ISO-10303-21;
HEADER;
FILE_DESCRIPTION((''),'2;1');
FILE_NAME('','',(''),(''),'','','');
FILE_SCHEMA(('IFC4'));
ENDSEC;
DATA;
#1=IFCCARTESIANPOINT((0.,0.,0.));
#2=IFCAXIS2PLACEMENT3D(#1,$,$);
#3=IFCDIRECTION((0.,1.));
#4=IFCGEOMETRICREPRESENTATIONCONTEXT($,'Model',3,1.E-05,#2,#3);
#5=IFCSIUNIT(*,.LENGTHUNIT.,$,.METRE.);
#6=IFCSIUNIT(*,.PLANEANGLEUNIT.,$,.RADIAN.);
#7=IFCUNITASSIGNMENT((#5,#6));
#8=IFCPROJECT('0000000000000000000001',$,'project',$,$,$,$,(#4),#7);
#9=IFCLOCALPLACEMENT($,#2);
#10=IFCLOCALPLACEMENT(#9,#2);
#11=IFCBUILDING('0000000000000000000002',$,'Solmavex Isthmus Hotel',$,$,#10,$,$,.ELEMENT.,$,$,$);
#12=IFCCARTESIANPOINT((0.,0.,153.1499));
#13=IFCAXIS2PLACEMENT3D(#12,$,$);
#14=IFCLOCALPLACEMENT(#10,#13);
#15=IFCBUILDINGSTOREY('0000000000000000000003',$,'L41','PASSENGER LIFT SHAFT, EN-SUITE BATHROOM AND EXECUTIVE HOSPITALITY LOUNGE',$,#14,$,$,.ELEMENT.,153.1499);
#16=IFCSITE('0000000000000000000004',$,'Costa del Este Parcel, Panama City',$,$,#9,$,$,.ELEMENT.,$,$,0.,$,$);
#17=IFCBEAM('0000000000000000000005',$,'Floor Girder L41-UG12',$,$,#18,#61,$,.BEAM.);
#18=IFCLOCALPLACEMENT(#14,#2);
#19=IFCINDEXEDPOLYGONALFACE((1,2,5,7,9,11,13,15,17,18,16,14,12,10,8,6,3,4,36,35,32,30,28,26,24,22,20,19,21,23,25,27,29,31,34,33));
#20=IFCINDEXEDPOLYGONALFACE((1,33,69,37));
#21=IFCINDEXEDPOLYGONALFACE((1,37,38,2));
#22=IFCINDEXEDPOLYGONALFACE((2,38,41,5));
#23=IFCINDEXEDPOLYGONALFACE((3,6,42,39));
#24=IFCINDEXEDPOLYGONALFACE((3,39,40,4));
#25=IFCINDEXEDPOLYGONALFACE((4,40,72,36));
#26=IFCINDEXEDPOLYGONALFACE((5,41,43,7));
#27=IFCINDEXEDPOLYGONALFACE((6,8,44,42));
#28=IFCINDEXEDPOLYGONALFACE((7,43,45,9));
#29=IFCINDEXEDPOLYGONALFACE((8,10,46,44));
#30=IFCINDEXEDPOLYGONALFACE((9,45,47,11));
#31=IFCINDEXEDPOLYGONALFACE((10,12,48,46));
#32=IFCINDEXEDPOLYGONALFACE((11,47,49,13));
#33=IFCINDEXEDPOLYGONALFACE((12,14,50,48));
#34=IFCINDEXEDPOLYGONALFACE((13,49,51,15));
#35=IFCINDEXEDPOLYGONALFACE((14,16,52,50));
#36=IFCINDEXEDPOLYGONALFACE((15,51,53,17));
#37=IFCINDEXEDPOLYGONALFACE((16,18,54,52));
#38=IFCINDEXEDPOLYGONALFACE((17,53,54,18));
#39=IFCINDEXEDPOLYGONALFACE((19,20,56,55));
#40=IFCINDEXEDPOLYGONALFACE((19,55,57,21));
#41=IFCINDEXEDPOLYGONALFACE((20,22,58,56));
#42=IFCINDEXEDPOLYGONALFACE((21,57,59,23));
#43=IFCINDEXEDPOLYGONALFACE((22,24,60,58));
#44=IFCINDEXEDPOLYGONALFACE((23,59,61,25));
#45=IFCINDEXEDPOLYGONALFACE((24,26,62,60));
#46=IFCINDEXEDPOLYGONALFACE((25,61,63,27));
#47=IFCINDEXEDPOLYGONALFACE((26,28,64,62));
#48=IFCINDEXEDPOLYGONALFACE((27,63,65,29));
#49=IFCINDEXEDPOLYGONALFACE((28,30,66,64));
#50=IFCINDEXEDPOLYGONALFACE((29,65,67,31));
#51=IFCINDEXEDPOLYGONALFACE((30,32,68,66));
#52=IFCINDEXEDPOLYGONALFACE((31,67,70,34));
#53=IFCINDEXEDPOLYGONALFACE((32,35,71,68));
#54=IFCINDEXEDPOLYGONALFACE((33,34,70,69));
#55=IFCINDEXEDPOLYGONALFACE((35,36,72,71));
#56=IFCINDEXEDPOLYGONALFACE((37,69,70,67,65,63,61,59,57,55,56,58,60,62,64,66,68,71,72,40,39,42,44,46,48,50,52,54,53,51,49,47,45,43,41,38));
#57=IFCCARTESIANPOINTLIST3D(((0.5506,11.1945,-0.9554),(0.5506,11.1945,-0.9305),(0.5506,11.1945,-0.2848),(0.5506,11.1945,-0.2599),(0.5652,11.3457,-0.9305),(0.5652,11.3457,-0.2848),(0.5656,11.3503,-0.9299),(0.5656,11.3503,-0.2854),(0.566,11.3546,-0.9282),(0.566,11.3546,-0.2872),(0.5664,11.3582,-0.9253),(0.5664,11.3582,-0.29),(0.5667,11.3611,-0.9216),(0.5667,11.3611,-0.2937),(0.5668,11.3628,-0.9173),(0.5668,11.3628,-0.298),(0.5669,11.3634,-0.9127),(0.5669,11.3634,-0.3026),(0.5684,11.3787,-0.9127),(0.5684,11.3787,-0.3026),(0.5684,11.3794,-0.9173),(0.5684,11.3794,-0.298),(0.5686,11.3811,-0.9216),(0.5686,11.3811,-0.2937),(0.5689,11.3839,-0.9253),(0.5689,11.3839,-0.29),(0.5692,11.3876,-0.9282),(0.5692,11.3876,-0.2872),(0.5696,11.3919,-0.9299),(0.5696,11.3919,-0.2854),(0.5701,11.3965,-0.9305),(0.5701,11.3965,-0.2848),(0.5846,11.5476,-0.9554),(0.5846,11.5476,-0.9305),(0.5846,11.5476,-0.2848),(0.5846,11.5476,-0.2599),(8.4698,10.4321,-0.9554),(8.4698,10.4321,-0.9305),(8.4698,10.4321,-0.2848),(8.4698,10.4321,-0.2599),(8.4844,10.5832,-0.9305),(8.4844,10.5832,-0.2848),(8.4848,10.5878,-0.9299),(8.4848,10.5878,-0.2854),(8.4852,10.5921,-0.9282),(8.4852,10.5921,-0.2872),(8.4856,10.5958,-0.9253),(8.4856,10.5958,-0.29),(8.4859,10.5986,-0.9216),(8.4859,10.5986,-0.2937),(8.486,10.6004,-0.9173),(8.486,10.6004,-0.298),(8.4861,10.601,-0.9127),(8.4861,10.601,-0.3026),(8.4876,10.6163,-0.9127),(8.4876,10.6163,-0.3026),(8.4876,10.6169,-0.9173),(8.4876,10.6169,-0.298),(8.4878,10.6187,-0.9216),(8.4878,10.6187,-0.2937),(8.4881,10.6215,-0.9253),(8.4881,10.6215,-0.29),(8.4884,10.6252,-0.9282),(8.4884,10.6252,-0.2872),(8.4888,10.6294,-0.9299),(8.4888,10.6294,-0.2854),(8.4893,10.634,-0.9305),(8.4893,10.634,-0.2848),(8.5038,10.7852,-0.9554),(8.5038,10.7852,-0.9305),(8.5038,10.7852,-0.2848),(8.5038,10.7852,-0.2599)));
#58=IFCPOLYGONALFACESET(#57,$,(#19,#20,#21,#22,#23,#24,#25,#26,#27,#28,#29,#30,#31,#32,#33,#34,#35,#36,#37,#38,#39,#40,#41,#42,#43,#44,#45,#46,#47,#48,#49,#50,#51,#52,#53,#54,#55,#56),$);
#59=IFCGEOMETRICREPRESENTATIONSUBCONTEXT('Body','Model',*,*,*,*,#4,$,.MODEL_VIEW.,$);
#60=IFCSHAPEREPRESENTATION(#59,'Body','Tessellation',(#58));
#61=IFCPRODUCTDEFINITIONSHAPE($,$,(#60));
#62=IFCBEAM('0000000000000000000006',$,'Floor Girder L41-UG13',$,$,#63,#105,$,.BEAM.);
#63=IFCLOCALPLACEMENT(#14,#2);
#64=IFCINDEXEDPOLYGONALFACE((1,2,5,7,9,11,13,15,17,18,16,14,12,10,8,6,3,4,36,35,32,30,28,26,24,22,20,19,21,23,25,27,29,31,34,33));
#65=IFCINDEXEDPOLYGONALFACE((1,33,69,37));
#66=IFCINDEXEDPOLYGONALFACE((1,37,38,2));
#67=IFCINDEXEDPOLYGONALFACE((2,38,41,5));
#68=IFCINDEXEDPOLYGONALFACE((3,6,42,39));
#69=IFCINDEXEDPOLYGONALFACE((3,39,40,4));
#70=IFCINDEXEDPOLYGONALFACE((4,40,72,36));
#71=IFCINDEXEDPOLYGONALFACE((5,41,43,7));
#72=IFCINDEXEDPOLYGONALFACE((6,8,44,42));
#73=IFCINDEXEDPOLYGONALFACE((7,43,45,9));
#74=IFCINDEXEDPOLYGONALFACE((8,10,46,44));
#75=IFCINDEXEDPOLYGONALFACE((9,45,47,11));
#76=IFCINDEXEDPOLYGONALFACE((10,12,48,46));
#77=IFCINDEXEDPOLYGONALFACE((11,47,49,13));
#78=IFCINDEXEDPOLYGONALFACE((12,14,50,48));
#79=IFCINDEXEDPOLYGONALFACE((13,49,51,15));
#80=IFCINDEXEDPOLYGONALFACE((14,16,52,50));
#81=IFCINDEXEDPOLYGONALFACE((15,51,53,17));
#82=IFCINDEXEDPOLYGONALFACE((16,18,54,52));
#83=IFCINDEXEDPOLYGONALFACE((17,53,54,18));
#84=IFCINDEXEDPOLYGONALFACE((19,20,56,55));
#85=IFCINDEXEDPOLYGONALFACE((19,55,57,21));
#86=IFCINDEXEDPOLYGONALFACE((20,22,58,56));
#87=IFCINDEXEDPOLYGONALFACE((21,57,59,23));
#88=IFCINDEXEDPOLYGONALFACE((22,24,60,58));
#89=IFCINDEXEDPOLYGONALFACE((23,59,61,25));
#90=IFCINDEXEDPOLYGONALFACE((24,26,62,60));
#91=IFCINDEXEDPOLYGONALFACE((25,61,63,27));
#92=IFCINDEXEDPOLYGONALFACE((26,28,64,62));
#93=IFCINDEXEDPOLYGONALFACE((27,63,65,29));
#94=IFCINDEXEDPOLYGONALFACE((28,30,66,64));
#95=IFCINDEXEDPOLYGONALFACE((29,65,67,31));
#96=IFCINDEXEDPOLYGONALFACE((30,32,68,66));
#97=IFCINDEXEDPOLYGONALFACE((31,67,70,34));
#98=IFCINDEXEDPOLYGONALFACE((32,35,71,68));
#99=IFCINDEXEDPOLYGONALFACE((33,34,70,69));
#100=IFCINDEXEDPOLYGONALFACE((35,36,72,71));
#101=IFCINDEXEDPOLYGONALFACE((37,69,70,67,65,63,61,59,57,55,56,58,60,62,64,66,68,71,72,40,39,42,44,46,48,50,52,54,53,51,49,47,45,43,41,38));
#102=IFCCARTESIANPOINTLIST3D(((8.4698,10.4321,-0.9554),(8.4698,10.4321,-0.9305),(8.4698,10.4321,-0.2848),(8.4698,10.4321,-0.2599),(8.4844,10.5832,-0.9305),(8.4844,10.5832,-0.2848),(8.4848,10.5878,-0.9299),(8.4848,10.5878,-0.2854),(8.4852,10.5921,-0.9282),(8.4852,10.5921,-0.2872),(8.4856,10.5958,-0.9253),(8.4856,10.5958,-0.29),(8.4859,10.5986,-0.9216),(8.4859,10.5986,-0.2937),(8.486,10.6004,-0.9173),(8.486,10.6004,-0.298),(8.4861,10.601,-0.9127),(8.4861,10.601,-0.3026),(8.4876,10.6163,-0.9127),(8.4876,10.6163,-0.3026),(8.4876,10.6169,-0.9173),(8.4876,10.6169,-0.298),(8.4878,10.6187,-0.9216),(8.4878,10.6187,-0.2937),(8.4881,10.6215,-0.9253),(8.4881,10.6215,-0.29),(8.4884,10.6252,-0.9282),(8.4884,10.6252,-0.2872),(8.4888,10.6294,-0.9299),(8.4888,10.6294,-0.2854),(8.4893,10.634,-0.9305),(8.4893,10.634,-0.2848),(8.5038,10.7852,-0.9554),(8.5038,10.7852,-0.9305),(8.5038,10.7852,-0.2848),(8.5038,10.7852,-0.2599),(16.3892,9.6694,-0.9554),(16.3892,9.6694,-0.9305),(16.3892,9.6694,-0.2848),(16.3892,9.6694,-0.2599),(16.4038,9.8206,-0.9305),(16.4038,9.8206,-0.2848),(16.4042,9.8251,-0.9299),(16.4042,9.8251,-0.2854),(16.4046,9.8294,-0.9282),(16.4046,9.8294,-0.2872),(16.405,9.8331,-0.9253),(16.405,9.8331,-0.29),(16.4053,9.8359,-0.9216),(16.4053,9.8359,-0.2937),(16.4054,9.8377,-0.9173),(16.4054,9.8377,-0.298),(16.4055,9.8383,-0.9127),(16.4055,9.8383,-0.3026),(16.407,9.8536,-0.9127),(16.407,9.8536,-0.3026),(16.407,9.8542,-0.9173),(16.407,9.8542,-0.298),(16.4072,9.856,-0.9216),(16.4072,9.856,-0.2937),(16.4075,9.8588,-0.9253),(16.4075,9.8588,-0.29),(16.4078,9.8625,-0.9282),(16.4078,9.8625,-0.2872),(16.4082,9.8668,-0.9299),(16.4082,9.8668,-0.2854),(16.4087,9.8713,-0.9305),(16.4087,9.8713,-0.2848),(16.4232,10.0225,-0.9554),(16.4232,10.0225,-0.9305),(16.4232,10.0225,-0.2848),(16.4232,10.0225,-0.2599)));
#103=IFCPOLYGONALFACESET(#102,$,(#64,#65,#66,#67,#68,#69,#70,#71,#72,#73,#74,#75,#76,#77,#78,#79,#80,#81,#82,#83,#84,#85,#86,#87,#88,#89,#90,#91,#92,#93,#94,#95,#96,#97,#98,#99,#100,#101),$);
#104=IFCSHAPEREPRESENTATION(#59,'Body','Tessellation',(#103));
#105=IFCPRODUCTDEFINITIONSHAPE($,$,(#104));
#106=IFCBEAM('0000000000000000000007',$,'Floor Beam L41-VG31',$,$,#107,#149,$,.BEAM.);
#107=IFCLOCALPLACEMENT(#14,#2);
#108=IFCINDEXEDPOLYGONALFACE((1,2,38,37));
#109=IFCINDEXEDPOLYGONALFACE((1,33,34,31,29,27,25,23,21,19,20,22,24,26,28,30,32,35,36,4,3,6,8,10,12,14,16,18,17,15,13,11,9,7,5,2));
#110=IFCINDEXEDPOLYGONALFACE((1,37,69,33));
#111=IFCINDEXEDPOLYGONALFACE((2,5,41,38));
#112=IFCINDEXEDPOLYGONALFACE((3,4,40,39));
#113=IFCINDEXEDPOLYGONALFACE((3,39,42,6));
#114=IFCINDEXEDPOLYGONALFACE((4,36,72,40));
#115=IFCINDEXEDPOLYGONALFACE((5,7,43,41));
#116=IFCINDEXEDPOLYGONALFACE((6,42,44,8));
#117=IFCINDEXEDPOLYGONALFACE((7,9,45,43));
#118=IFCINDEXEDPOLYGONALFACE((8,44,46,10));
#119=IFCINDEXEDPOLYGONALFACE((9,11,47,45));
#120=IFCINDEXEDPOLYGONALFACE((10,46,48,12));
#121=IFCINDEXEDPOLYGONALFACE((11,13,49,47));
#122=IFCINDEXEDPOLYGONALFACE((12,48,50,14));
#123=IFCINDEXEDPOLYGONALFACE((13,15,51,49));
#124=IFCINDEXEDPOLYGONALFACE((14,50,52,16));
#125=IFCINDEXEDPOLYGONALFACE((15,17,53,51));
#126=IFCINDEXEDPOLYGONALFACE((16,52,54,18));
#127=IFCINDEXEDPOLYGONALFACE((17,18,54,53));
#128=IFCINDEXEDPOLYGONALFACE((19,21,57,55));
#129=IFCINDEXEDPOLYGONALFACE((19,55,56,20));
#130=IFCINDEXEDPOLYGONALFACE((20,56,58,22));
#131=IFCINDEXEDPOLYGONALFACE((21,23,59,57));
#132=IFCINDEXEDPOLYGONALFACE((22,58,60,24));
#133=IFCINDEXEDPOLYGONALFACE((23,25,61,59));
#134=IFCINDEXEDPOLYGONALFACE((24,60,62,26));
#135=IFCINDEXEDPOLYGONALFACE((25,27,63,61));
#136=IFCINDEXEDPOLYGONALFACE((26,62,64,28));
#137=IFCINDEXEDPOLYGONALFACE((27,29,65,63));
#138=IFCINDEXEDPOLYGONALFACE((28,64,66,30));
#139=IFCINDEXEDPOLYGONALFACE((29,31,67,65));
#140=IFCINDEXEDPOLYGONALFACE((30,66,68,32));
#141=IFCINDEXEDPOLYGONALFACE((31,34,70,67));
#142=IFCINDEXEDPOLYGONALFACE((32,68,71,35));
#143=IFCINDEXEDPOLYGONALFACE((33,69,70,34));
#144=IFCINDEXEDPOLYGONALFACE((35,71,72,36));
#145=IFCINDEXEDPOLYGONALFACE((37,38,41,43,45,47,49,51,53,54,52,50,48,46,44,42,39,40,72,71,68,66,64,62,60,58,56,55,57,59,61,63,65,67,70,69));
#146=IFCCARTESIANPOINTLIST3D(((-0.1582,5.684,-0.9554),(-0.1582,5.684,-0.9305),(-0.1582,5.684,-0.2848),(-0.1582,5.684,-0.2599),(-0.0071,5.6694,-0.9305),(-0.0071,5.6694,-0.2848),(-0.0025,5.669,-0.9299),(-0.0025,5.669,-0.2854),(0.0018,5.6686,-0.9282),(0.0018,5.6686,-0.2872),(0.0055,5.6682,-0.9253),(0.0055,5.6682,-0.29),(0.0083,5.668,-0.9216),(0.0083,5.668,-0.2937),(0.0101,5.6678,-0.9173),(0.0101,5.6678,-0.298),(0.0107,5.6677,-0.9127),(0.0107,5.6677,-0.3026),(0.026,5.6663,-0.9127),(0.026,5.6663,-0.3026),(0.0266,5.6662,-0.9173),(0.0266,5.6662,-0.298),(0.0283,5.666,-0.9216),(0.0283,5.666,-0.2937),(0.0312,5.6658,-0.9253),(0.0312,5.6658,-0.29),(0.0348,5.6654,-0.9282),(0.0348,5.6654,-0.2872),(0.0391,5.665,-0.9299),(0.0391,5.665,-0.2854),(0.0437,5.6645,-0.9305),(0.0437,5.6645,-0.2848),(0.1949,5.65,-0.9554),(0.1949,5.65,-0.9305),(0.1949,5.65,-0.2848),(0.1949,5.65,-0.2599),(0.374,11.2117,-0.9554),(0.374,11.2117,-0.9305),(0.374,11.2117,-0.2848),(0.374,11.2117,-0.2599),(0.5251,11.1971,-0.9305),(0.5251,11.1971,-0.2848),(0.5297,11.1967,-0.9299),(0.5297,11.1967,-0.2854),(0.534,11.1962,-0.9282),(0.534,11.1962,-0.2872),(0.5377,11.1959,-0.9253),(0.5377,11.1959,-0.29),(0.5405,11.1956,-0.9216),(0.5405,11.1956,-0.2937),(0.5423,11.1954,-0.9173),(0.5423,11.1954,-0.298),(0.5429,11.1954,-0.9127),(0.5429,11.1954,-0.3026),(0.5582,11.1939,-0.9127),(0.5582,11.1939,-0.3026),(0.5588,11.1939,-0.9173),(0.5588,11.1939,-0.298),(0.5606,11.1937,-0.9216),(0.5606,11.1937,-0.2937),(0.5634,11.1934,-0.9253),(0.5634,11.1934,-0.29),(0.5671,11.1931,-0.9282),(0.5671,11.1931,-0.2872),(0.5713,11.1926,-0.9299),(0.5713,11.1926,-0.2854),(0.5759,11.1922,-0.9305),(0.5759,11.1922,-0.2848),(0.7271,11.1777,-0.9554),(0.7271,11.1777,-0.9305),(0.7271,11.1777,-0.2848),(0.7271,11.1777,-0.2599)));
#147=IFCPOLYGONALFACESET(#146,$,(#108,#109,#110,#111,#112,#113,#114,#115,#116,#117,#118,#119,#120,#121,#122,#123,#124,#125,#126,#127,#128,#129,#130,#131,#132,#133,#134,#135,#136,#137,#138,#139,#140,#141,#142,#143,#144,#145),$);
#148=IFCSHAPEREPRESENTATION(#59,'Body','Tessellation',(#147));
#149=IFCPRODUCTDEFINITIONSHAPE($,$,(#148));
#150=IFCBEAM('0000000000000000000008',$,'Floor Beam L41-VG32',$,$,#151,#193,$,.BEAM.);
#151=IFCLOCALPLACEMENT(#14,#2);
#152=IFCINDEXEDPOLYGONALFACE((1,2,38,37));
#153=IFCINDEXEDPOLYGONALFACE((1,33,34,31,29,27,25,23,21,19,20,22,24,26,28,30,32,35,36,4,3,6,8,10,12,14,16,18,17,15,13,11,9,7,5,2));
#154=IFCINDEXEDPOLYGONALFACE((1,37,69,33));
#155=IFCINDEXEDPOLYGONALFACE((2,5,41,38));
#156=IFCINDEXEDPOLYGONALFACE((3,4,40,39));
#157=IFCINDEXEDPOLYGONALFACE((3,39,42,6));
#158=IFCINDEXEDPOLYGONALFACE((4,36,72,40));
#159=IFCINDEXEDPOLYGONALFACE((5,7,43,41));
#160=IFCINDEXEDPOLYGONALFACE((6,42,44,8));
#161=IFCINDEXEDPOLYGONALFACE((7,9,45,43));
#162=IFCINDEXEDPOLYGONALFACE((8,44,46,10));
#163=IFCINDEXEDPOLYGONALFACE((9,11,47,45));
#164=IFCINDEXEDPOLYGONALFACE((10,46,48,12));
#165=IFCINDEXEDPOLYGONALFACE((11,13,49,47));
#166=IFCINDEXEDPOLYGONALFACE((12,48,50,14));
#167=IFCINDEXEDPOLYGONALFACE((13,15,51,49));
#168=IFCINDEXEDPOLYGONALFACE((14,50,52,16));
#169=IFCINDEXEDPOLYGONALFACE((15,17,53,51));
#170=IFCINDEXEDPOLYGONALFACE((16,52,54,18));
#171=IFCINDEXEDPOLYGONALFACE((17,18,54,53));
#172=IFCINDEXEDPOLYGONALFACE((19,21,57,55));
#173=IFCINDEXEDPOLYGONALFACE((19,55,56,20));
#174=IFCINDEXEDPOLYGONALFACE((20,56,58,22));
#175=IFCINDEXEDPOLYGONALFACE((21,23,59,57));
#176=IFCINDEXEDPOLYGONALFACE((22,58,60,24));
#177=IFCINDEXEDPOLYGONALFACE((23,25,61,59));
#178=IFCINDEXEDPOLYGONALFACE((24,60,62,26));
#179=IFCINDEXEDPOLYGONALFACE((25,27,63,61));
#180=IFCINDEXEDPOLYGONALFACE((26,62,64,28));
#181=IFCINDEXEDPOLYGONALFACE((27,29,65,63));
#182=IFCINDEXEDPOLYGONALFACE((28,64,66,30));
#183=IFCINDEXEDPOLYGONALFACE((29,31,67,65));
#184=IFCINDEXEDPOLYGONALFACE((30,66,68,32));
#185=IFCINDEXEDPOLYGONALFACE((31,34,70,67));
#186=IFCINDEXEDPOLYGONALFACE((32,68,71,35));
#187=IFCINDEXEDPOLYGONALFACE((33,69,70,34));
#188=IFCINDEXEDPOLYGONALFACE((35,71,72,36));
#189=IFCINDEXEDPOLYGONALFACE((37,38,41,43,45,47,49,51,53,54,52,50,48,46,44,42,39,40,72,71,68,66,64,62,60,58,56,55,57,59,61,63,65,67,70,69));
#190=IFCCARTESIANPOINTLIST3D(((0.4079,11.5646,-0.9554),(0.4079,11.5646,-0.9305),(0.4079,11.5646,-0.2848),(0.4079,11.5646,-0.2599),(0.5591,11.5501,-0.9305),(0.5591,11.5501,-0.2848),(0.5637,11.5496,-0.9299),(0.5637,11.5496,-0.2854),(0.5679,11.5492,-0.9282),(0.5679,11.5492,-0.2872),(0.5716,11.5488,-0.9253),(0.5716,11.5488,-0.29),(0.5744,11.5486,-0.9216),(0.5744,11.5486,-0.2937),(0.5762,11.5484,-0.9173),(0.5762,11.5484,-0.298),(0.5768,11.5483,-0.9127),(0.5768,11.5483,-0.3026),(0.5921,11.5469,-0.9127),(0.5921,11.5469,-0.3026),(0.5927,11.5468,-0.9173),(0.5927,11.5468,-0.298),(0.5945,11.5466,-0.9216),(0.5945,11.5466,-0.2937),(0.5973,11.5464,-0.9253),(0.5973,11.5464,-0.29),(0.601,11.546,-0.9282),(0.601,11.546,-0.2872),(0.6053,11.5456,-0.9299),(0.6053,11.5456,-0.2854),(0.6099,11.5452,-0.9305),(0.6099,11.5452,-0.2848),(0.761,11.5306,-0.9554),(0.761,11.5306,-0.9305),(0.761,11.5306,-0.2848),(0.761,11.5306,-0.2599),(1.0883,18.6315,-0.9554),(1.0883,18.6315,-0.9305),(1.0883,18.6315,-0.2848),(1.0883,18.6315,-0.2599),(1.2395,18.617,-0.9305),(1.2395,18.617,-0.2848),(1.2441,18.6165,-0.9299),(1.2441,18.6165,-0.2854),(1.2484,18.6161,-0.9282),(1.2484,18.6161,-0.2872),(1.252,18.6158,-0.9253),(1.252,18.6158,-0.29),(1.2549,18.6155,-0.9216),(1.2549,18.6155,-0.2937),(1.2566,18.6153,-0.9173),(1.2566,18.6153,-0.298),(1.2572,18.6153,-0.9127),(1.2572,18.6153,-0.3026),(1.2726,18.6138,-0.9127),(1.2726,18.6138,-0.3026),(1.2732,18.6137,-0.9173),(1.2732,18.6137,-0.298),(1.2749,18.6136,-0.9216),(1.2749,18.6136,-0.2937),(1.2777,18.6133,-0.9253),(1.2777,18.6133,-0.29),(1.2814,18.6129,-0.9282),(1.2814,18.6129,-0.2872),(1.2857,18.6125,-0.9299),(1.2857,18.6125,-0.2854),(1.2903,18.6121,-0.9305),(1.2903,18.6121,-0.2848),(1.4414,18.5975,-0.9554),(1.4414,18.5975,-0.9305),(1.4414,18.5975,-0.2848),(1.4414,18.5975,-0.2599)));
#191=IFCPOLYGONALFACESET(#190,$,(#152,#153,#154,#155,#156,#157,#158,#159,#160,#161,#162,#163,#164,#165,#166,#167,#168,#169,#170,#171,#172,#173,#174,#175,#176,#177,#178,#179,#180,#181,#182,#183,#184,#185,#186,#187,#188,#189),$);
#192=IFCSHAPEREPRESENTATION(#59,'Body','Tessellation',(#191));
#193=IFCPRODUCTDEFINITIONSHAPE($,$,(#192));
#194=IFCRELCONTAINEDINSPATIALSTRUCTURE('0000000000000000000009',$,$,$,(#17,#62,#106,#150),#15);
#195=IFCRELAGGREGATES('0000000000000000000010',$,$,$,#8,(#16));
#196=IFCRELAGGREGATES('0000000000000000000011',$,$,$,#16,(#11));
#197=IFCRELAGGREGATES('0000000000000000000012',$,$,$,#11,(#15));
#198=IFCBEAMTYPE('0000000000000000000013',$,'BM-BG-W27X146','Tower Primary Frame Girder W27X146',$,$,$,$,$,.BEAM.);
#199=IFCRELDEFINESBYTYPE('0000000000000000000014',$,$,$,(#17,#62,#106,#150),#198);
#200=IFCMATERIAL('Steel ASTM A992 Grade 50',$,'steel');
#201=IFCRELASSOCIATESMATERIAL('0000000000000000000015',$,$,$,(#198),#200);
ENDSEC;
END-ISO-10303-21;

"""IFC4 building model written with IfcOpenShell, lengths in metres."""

from ifc_helpers import new_model, si_unit, direction, frame, origin, origin_2d, place, context, subcontext, project, spatial, i_section, extrude, material, material_profile, profile_set, type_object, element, save


model = new_model("IFC4")

# Units and contexts
model_context = context("Model", 3, precision=1e-05, world=origin(), true_north=direction((0.0, 1.0)))
body_context = subcontext(model_context, "Body", "Model", "MODEL_VIEW")
ifc_project = project(units=[si_unit("LENGTHUNIT", "METRE"), si_unit("PLANEANGLEUNIT", "RADIAN")], contexts=[model_context])

# Site, building, storey
site_placement = place(None, origin())
site = spatial("IfcSite", under=ifc_project, at=site_placement, Name="Costa del Este Parcel, Panama City", CompositionType="ELEMENT", RefElevation=0.0)
building_placement = place(site_placement, origin())
building = spatial("IfcBuilding", under=site, at=building_placement, Name="Solmavex Isthmus Hotel", CompositionType="ELEMENT")
storey_placement = place(building_placement, frame((0.0, 0.0, 153.1499)))
storey = spatial("IfcBuildingStorey", under=building, at=storey_placement, Name="L41", Description="PASSENGER LIFT SHAFT, EN-SUITE BATHROOM AND EXECUTIVE HOSPITALITY LOUNGE", CompositionType="ELEMENT", Elevation=153.1499)

# Beams
ifc_material_1 = material(Name="Steel ASTM A992 Grade 50", Category="steel")
ifc_material_profile_1 = material_profile(ifc_material_1, i_section(OverallWidth=0.3547, OverallDepth=0.6956, WebThickness=0.0154, FlangeThickness=0.0249, FilletRadius=0.0178, at=origin_2d()), Name="W27X146")
ifc_profile_set_1 = profile_set([ifc_material_profile_1], Name="Steel ASTM A992 Grade 50")
beam_type_1 = type_object("IfcBeamType", Name="BM-BG-W27X146", Description="Tower Primary Frame Girder W27X146", PredefinedType="BEAM", material=ifc_profile_set_1)
beam_1_placement = place(storey_placement, frame((0.5676, 11.3711, -0.6077), z_axis=(0.995397, -0.095836, 0.0), x_axis=(0.095836, 0.995397, 0.0)))
element("IfcBeam", 1, at=beam_1_placement, inside=storey, type_object=beam_type_1, Name="Floor Girder L41-UG12", PredefinedType="BEAM", context=body_context, shape_type="SweptSolid", body=[
    extrude(i_section(OverallWidth=0.3547, OverallDepth=0.6956, WebThickness=0.0154, FlangeThickness=0.0249, FilletRadius=0.0178, at=origin_2d()), origin(), (0.0, 0.0, 1.0), 7.9558),
])
beam_2_placement = place(storey_placement, frame((8.4868, 10.6086, -0.6077), z_axis=(0.995395, -0.095863, 0.0), x_axis=(0.095863, 0.995395, 0.0)))
element("IfcBeam", 2, at=beam_2_placement, inside=storey, type_object=beam_type_1, Name="Floor Girder L41-UG13", PredefinedType="BEAM", context=body_context, shape_type="SweptSolid", body=[
    extrude(i_section(OverallWidth=0.3547, OverallDepth=0.6956, WebThickness=0.0154, FlangeThickness=0.0249, FilletRadius=0.0178, at=origin_2d()), origin(), (0.0, 0.0, 1.0), 7.9561),
])
beam_3_placement = place(storey_placement, frame((0.0183, 5.667, -0.6077), z_axis=(0.095842, 0.995397, 0.0), x_axis=(-0.995397, 0.095842, 0.0)))
element("IfcBeam", 3, at=beam_3_placement, inside=storey, type_object=beam_type_1, Name="Floor Beam L41-VG31", PredefinedType="BEAM", context=body_context, shape_type="SweptSolid", body=[
    extrude(i_section(OverallWidth=0.3547, OverallDepth=0.6956, WebThickness=0.0154, FlangeThickness=0.0249, FilletRadius=0.0178, at=origin_2d()), origin(), (0.0, 0.0, 1.0), 5.5532),
])
beam_4_placement = place(storey_placement, frame((0.5845, 11.5476, -0.6077), z_axis=(0.09584, 0.995397, 0.0), x_axis=(-0.995397, 0.09584, 0.0)))
element("IfcBeam", 4, at=beam_4_placement, inside=storey, type_object=beam_type_1, Name="Floor Beam L41-VG32", PredefinedType="BEAM", context=body_context, shape_type="SweptSolid", body=[
    extrude(i_section(OverallWidth=0.3547, OverallDepth=0.6956, WebThickness=0.0154, FlangeThickness=0.0249, FilletRadius=0.0178, at=origin_2d()), origin(), (0.0, 0.0, 1.0), 7.0996),
])

save(model, "model.ifc")
